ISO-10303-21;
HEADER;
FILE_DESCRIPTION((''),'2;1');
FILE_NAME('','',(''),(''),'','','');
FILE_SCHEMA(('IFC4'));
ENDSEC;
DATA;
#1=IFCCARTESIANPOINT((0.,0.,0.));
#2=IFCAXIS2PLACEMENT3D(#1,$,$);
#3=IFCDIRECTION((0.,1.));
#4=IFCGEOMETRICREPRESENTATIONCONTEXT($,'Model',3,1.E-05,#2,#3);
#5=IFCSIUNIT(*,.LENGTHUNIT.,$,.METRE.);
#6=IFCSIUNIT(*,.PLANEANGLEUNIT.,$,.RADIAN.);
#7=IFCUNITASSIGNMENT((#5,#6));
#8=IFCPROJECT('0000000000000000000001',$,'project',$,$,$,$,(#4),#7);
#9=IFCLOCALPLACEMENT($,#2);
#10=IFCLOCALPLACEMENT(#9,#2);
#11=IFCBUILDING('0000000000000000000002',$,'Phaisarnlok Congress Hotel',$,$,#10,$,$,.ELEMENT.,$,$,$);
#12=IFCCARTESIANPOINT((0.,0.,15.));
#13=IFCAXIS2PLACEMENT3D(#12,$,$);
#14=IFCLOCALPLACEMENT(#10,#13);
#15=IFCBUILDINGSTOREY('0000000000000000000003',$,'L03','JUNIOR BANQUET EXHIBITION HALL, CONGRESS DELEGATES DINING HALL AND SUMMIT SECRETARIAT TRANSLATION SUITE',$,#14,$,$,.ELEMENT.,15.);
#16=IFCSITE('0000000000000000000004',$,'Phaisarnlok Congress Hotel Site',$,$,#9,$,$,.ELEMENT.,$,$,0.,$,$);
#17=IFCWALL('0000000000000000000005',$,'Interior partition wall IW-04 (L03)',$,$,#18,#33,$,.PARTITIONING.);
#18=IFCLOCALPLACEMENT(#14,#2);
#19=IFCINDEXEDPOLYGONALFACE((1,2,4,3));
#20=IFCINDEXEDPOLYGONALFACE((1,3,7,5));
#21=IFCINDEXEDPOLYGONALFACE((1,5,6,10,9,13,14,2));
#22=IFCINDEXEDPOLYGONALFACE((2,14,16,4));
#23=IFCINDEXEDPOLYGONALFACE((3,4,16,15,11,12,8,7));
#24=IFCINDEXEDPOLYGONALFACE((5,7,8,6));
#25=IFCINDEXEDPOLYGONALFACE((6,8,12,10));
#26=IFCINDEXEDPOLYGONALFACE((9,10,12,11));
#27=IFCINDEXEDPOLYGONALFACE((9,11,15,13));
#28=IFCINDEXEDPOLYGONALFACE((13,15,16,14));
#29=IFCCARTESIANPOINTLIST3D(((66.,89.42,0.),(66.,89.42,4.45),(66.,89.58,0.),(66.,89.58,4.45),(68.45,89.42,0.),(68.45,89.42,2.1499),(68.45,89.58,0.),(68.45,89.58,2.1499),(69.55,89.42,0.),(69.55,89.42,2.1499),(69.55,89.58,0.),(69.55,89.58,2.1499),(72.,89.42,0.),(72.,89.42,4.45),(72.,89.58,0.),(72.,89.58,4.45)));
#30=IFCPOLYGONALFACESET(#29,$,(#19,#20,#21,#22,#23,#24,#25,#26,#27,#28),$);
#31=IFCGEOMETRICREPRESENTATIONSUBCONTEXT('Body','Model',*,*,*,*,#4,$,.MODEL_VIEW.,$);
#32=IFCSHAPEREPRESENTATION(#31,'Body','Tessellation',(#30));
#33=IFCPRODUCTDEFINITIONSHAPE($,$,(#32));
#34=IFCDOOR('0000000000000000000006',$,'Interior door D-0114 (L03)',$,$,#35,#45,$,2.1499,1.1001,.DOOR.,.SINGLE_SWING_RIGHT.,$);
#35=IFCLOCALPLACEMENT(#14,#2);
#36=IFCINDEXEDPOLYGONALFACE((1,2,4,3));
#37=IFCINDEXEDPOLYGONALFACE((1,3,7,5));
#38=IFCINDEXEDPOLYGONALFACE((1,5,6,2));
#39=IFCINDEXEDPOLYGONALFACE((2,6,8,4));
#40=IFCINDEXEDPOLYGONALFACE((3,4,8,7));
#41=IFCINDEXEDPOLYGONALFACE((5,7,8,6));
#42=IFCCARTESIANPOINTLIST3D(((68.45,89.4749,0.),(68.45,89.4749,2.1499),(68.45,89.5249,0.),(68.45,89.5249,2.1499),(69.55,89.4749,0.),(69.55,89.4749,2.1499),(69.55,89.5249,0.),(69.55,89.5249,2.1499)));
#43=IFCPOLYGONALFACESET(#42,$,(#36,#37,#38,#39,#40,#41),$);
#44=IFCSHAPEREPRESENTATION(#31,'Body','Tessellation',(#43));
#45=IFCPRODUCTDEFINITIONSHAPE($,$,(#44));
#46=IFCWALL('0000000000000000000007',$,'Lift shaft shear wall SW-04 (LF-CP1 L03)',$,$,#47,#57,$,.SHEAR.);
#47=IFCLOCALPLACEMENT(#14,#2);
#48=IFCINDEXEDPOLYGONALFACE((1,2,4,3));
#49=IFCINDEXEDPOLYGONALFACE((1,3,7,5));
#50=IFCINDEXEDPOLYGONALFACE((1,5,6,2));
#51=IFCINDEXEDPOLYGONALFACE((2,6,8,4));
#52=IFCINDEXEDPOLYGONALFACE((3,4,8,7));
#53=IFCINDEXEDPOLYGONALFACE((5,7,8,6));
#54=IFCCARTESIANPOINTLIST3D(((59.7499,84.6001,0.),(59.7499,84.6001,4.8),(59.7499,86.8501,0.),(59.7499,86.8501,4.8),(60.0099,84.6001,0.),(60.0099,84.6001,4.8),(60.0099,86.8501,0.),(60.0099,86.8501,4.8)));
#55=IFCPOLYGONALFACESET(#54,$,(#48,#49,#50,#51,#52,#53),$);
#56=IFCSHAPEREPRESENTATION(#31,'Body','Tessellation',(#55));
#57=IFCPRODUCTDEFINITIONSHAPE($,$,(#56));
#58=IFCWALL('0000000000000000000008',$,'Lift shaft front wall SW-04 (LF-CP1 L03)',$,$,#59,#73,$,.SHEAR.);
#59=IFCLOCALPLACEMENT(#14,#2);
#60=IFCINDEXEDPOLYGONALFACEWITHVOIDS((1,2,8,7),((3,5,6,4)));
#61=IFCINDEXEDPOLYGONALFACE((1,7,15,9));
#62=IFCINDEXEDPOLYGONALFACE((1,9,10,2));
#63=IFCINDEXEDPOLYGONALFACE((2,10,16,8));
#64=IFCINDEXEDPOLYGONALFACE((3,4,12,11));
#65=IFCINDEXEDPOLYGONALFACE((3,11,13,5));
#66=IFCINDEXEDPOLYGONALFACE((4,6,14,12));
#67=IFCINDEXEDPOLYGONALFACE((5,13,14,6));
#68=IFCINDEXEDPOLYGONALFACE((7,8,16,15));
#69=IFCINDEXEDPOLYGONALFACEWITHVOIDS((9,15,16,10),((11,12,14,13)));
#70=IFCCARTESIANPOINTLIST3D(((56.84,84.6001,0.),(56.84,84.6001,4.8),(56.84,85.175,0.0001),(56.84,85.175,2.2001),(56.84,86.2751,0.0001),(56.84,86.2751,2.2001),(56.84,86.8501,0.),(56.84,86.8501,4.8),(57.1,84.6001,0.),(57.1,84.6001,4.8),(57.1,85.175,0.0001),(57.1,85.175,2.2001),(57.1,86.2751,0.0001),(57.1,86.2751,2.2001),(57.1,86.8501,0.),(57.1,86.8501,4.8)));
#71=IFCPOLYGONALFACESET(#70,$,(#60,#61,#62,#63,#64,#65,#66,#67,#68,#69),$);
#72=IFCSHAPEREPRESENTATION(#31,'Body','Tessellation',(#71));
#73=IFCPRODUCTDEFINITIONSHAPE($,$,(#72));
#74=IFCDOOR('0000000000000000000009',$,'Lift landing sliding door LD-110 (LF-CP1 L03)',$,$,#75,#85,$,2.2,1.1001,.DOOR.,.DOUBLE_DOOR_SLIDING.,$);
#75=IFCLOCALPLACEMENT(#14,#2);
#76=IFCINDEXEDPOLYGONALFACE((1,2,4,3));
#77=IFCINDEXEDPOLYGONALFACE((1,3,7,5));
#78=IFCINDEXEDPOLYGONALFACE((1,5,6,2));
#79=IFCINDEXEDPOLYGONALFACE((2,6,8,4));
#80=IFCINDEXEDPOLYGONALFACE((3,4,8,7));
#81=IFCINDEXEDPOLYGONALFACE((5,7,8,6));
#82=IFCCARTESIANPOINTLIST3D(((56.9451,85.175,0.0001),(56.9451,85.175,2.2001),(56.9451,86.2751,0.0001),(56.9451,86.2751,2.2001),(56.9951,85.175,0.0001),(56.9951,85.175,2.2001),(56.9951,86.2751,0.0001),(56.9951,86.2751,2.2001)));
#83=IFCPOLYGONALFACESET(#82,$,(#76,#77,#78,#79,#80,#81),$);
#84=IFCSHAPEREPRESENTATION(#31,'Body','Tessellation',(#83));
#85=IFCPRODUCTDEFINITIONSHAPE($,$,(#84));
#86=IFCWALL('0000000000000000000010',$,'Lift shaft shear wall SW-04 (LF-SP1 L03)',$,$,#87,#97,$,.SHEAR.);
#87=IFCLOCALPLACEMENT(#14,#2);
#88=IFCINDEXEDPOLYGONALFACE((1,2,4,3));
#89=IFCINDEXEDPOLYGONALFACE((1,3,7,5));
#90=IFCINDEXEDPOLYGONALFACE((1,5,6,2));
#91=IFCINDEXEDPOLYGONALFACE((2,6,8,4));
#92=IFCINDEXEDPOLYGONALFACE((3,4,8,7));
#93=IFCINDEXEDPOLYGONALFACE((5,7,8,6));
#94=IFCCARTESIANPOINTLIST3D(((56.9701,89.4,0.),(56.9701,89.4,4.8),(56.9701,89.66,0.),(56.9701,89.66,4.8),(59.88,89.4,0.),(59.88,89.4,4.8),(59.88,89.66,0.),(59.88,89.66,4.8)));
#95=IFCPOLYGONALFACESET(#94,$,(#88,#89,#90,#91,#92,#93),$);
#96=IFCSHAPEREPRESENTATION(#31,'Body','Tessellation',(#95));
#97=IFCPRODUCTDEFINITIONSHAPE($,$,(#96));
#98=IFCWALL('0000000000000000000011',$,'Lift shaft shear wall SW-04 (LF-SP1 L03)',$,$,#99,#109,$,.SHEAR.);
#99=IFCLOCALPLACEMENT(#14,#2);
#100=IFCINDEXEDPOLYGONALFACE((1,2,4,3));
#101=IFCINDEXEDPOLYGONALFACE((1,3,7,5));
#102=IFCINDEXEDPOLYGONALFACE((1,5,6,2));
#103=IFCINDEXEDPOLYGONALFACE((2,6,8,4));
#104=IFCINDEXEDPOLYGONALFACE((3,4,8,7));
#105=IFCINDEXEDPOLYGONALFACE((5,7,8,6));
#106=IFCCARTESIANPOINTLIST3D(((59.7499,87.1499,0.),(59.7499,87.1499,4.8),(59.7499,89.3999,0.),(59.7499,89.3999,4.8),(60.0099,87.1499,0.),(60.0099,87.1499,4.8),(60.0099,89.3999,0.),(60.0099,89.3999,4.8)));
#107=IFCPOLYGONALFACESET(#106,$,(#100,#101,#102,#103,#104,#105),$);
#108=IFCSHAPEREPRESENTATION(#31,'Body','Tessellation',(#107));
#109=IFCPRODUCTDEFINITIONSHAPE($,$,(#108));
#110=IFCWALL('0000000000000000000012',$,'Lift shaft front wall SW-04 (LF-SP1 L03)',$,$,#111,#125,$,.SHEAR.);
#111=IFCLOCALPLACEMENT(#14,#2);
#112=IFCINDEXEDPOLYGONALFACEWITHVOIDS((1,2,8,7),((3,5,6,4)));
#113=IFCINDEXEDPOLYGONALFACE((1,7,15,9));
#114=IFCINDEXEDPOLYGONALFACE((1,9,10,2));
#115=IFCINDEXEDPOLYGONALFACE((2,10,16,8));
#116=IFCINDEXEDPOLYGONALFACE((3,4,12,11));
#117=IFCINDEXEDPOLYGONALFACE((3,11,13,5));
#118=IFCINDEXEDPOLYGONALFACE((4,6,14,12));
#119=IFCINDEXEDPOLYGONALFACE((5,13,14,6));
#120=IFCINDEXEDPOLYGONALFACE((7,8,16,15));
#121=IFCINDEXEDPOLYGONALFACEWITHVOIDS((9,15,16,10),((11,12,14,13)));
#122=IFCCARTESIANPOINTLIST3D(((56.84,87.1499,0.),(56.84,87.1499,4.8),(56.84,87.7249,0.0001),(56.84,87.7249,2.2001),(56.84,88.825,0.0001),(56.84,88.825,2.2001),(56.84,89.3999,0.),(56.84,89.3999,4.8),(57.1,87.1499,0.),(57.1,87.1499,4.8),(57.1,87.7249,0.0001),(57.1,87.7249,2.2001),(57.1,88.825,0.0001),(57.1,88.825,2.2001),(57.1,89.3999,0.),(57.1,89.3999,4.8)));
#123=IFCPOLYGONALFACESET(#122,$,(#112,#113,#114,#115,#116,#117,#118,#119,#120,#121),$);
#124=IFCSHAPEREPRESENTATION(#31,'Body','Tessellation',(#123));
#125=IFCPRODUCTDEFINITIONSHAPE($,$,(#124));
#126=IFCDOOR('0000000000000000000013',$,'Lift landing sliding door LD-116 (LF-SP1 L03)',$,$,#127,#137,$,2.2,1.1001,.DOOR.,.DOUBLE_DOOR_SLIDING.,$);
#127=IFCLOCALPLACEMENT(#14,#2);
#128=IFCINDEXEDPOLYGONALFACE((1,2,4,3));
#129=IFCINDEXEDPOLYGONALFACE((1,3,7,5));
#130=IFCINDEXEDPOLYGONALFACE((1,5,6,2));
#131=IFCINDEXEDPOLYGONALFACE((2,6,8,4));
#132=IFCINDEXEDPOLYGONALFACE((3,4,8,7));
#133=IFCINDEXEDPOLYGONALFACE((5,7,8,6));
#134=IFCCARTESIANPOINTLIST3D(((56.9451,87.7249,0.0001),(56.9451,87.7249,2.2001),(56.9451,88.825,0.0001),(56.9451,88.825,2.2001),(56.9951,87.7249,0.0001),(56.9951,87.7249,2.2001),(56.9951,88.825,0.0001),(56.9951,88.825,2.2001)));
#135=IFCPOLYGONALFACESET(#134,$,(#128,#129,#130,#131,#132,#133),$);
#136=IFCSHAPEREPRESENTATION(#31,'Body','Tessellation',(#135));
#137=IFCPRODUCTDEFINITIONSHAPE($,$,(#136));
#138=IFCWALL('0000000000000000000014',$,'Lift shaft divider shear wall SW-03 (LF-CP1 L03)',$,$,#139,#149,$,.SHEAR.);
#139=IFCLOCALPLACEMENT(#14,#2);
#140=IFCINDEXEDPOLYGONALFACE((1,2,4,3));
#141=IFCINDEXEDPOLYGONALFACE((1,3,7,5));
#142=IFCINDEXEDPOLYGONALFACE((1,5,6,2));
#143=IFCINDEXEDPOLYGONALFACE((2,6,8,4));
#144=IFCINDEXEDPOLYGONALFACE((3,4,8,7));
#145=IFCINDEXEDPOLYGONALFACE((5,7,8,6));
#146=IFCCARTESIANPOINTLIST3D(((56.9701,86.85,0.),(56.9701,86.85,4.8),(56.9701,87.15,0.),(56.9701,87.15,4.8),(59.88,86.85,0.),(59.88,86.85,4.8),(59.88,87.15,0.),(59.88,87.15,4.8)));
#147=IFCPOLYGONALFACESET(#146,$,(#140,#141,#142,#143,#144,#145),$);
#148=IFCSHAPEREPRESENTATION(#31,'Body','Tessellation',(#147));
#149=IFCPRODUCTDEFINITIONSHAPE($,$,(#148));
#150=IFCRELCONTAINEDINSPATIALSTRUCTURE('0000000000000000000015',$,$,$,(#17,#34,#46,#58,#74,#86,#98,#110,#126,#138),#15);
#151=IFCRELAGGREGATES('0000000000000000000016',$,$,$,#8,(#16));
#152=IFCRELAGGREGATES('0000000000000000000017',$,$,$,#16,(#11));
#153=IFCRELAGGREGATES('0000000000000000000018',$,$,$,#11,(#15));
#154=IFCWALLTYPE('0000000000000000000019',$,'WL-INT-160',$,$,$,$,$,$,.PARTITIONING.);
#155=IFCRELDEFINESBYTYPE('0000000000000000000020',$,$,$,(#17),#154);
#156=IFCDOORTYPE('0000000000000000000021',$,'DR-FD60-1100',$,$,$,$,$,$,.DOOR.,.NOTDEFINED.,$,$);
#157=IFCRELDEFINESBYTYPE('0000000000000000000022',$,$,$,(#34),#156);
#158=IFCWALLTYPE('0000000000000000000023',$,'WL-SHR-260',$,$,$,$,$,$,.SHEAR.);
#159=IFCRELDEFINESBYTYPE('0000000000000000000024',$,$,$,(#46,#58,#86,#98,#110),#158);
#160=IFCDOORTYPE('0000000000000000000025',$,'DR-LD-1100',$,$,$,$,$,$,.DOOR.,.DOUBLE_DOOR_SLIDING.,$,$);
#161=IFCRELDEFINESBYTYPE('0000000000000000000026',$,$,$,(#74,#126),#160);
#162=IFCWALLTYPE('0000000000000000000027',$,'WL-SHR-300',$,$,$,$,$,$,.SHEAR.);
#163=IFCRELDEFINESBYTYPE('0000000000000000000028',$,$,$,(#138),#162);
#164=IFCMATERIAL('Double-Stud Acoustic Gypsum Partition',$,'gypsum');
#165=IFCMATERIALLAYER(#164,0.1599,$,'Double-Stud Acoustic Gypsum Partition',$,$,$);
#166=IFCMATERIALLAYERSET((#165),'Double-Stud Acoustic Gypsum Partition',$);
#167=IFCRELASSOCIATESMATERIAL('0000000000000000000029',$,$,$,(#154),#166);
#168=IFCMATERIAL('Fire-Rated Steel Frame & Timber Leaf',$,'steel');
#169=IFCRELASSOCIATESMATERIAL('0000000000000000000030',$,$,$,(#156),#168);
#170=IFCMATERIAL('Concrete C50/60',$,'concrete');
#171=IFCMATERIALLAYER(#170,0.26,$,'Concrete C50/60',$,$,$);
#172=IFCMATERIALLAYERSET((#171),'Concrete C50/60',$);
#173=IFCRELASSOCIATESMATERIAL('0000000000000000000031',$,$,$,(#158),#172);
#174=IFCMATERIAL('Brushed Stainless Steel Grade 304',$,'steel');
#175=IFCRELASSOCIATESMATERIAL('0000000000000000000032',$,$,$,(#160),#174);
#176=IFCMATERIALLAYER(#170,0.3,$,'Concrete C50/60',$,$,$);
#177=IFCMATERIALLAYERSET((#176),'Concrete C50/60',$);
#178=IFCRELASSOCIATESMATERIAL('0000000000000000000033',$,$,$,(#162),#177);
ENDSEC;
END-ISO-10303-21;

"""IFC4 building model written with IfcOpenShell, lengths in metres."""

from ifc_helpers import new_model, si_unit, direction, frame, frame_2d, origin, place, context, subcontext, project, spatial, rectangle, extrude, material, layer, layer_set, type_object, element, fill, save


model = new_model("IFC4")

# Units and contexts
model_context = context("Model", 3, precision=1e-05, world=origin(), true_north=direction((0.0, 1.0)))
body_context = subcontext(model_context, "Body", "Model", "MODEL_VIEW")
ifc_project = project(units=[si_unit("LENGTHUNIT", "METRE"), si_unit("PLANEANGLEUNIT", "RADIAN")], contexts=[model_context])

# Site, building, storey
site_placement = place(None, origin())
site = spatial("IfcSite", under=ifc_project, at=site_placement, Name="Phaisarnlok Congress Hotel Site", CompositionType="ELEMENT", RefElevation=0.0)
building_placement = place(site_placement, origin())
building = spatial("IfcBuilding", under=site, at=building_placement, Name="Phaisarnlok Congress Hotel", CompositionType="ELEMENT")
storey_placement = place(building_placement, frame((0.0, 0.0, 15.0)))
storey = spatial("IfcBuildingStorey", under=building, at=storey_placement, Name="L03", Description="JUNIOR BANQUET EXHIBITION HALL, CONGRESS DELEGATES DINING HALL AND SUMMIT SECRETARIAT TRANSLATION SUITE", CompositionType="ELEMENT", Elevation=15.0)

# Shared definitions
ifc_material_1 = material(Name="Concrete C50/60", Category="concrete")

# Wall, opening, door
ifc_material_2 = material(Name="Double-Stud Acoustic Gypsum Partition", Category="gypsum")
ifc_layer_1 = layer(ifc_material_2, 0.1599, Name="Double-Stud Acoustic Gypsum Partition")
ifc_layer_set_1 = layer_set([ifc_layer_1], Name="Double-Stud Acoustic Gypsum Partition")
wall_type_1 = type_object("IfcWallType", Name="WL-INT-160", PredefinedType="PARTITIONING", material=ifc_layer_set_1)
wall_1_placement = place(storey_placement, frame((66.0, 89.5, 0.0), z_axis=(0.0, 0.0, 1.0), x_axis=(1.0, 0.0, 0.0)))
wall_1 = element("IfcWall", 1, at=wall_1_placement, inside=storey, type_object=wall_type_1, Name="Interior partition wall IW-04 (L03)", PredefinedType="PARTITIONING", context=body_context, shape_type="SweptSolid", body=[
    extrude(rectangle(XDim=6.0, YDim=0.1599, at=frame_2d((3.0, 0.0))), origin(), (0.0, 0.0, 1.0), 4.45),
])
opening_1_placement = place(wall_1_placement, frame((2.45, 0.0, 0.0)))
opening_1 = element("IfcOpeningElement", 2, at=opening_1_placement, cuts=wall_1, PredefinedType="OPENING", context=body_context, shape_type="SweptSolid", body=[
    extrude(rectangle(XDim=1.1001, YDim=2.1499, at=frame_2d((0.55, 1.075))), frame((0.0, 0.0898, 0.0), z_axis=(0.0, -1.0, 0.0), x_axis=(1.0, 0.0, 0.0)), (0.0, 0.0, 1.0), 0.1799),
])
ifc_material_3 = material(Name="Fire-Rated Steel Frame & Timber Leaf", Category="steel")
door_type_1 = type_object("IfcDoorType", Name="DR-FD60-1100", OperationType="NOTDEFINED", PredefinedType="DOOR", material=ifc_material_3)
door_1_placement = place(opening_1_placement, origin())
door_1 = element("IfcDoor", 3, at=door_1_placement, inside=storey, type_object=door_type_1, Name="Interior door D-0114 (L03)", OperationType="SINGLE_SWING_RIGHT", OverallHeight=2.1499, OverallWidth=1.1001, PredefinedType="DOOR", context=body_context, shape_type="SweptSolid", body=[
    extrude(rectangle(XDim=1.1001, YDim=2.1499, at=frame_2d((0.55, 1.075))), frame((0.0, 0.0249, 0.0), z_axis=(0.0, -1.0, 0.0), x_axis=(1.0, 0.0, 0.0)), (0.0, 0.0, 1.0), 0.05),
])
fill(opening_1, door_1)

# Wall
ifc_layer_2 = layer(ifc_material_1, 0.26, Name="Concrete C50/60")
ifc_layer_set_2 = layer_set([ifc_layer_2], Name="Concrete C50/60")
wall_type_2 = type_object("IfcWallType", Name="WL-SHR-260", PredefinedType="SHEAR", material=ifc_layer_set_2)
wall_2_placement = place(storey_placement, frame((59.8799, 84.6001, 0.0), z_axis=(0.0, 0.0, 1.0), x_axis=(0.0, 1.0, 0.0)))
element("IfcWall", 4, at=wall_2_placement, inside=storey, type_object=wall_type_2, Name="Lift shaft shear wall SW-04 (LF-CP1 L03)", PredefinedType="SHEAR", context=body_context, shape_type="SweptSolid", body=[
    extrude(rectangle(XDim=2.25, YDim=0.26, at=frame_2d((1.125, 0.0))), origin(), (0.0, 0.0, 1.0), 4.8),
])

# Wall, opening, door
wall_3_placement = place(storey_placement, frame((56.97, 84.6001, 0.0), z_axis=(0.0, 0.0, 1.0), x_axis=(0.0, 1.0, 0.0)))
wall_3 = element("IfcWall", 5, at=wall_3_placement, inside=storey, type_object=wall_type_2, Name="Lift shaft front wall SW-04 (LF-CP1 L03)", PredefinedType="SHEAR", context=body_context, shape_type="SweptSolid", body=[
    extrude(rectangle(XDim=2.25, YDim=0.26, at=frame_2d((1.125, 0.0))), origin(), (0.0, 0.0, 1.0), 4.8),
])
opening_2_placement = place(wall_3_placement, frame((0.575, 0.0, 0.0)))
opening_2 = element("IfcOpeningElement", 6, at=opening_2_placement, cuts=wall_3, PredefinedType="OPENING", context=body_context, shape_type="SweptSolid", body=[
    extrude(rectangle(XDim=1.1001, YDim=2.2, at=frame_2d((0.55, 1.1001))), frame((0.0, 0.1401, 0.0), z_axis=(0.0, -1.0, 0.0), x_axis=(1.0, 0.0, 0.0)), (0.0, 0.0, 1.0), 0.28),
])
ifc_material_4 = material(Name="Brushed Stainless Steel Grade 304", Category="steel")
door_type_2 = type_object("IfcDoorType", Name="DR-LD-1100", OperationType="DOUBLE_DOOR_SLIDING", PredefinedType="DOOR", material=ifc_material_4)
door_2_placement = place(opening_2_placement, origin())
door_2 = element("IfcDoor", 7, at=door_2_placement, inside=storey, type_object=door_type_2, Name="Lift landing sliding door LD-110 (LF-CP1 L03)", OperationType="DOUBLE_DOOR_SLIDING", OverallHeight=2.2, OverallWidth=1.1001, PredefinedType="DOOR", context=body_context, shape_type="SweptSolid", body=[
    extrude(rectangle(XDim=1.1001, YDim=2.2, at=frame_2d((0.55, 1.1001))), frame((0.0, 0.0249, 0.0), z_axis=(0.0, -1.0, 0.0), x_axis=(1.0, 0.0, 0.0)), (0.0, 0.0, 1.0), 0.05),
])
fill(opening_2, door_2)

# Walls
wall_4_placement = place(storey_placement, frame((56.97, 89.53, 0.0), z_axis=(0.0, 0.0, 1.0), x_axis=(1.0, 0.0, 0.0)))
element("IfcWall", 8, at=wall_4_placement, inside=storey, type_object=wall_type_2, Name="Lift shaft shear wall SW-04 (LF-SP1 L03)", PredefinedType="SHEAR", context=body_context, shape_type="SweptSolid", body=[
    extrude(rectangle(XDim=2.9099, YDim=0.26, at=frame_2d((1.4551, 0.0))), origin(), (0.0, 0.0, 1.0), 4.8),
])
wall_5_placement = place(storey_placement, frame((59.8799, 87.1499, 0.0), z_axis=(0.0, 0.0, 1.0), x_axis=(0.0, 1.0, 0.0)))
element("IfcWall", 9, at=wall_5_placement, inside=storey, type_object=wall_type_2, Name="Lift shaft shear wall SW-04 (LF-SP1 L03)", PredefinedType="SHEAR", context=body_context, shape_type="SweptSolid", body=[
    extrude(rectangle(XDim=2.25, YDim=0.26, at=frame_2d((1.125, 0.0))), origin(), (0.0, 0.0, 1.0), 4.8),
])

# Wall, opening, door
wall_6_placement = place(storey_placement, frame((56.97, 87.1499, 0.0), z_axis=(0.0, 0.0, 1.0), x_axis=(0.0, 1.0, 0.0)))
wall_6 = element("IfcWall", 10, at=wall_6_placement, inside=storey, type_object=wall_type_2, Name="Lift shaft front wall SW-04 (LF-SP1 L03)", PredefinedType="SHEAR", context=body_context, shape_type="SweptSolid", body=[
    extrude(rectangle(XDim=2.25, YDim=0.26, at=frame_2d((1.125, 0.0))), origin(), (0.0, 0.0, 1.0), 4.8),
])
opening_3_placement = place(wall_6_placement, frame((0.575, 0.0, 0.0)))
opening_3 = element("IfcOpeningElement", 11, at=opening_3_placement, cuts=wall_6, PredefinedType="OPENING", context=body_context, shape_type="SweptSolid", body=[
    extrude(rectangle(XDim=1.1001, YDim=2.2, at=frame_2d((0.55, 1.1001))), frame((0.0, 0.1401, 0.0), z_axis=(0.0, -1.0, 0.0), x_axis=(1.0, 0.0, 0.0)), (0.0, 0.0, 1.0), 0.28),
])
door_3_placement = place(opening_3_placement, origin())
door_3 = element("IfcDoor", 12, at=door_3_placement, inside=storey, type_object=door_type_2, Name="Lift landing sliding door LD-116 (LF-SP1 L03)", OperationType="DOUBLE_DOOR_SLIDING", OverallHeight=2.2, OverallWidth=1.1001, PredefinedType="DOOR", context=body_context, shape_type="SweptSolid", body=[
    extrude(rectangle(XDim=1.1001, YDim=2.2, at=frame_2d((0.55, 1.1001))), frame((0.0, 0.0249, 0.0), z_axis=(0.0, -1.0, 0.0), x_axis=(1.0, 0.0, 0.0)), (0.0, 0.0, 1.0), 0.05),
])
fill(opening_3, door_3)

# Wall
ifc_layer_3 = layer(ifc_material_1, 0.3, Name="Concrete C50/60")
ifc_layer_set_3 = layer_set([ifc_layer_3], Name="Concrete C50/60")
wall_type_3 = type_object("IfcWallType", Name="WL-SHR-300", PredefinedType="SHEAR", material=ifc_layer_set_3)
wall_7_placement = place(storey_placement, frame((56.97, 87.0, 0.0), z_axis=(0.0, 0.0, 1.0), x_axis=(1.0, 0.0, 0.0)))
element("IfcWall", 13, at=wall_7_placement, inside=storey, type_object=wall_type_3, Name="Lift shaft divider shear wall SW-03 (LF-CP1 L03)", PredefinedType="SHEAR", context=body_context, shape_type="SweptSolid", body=[
    extrude(rectangle(XDim=2.9099, YDim=0.3, at=frame_2d((1.4551, 0.0))), origin(), (0.0, 0.0, 1.0), 4.8),
])

save(model, "model.ifc")
